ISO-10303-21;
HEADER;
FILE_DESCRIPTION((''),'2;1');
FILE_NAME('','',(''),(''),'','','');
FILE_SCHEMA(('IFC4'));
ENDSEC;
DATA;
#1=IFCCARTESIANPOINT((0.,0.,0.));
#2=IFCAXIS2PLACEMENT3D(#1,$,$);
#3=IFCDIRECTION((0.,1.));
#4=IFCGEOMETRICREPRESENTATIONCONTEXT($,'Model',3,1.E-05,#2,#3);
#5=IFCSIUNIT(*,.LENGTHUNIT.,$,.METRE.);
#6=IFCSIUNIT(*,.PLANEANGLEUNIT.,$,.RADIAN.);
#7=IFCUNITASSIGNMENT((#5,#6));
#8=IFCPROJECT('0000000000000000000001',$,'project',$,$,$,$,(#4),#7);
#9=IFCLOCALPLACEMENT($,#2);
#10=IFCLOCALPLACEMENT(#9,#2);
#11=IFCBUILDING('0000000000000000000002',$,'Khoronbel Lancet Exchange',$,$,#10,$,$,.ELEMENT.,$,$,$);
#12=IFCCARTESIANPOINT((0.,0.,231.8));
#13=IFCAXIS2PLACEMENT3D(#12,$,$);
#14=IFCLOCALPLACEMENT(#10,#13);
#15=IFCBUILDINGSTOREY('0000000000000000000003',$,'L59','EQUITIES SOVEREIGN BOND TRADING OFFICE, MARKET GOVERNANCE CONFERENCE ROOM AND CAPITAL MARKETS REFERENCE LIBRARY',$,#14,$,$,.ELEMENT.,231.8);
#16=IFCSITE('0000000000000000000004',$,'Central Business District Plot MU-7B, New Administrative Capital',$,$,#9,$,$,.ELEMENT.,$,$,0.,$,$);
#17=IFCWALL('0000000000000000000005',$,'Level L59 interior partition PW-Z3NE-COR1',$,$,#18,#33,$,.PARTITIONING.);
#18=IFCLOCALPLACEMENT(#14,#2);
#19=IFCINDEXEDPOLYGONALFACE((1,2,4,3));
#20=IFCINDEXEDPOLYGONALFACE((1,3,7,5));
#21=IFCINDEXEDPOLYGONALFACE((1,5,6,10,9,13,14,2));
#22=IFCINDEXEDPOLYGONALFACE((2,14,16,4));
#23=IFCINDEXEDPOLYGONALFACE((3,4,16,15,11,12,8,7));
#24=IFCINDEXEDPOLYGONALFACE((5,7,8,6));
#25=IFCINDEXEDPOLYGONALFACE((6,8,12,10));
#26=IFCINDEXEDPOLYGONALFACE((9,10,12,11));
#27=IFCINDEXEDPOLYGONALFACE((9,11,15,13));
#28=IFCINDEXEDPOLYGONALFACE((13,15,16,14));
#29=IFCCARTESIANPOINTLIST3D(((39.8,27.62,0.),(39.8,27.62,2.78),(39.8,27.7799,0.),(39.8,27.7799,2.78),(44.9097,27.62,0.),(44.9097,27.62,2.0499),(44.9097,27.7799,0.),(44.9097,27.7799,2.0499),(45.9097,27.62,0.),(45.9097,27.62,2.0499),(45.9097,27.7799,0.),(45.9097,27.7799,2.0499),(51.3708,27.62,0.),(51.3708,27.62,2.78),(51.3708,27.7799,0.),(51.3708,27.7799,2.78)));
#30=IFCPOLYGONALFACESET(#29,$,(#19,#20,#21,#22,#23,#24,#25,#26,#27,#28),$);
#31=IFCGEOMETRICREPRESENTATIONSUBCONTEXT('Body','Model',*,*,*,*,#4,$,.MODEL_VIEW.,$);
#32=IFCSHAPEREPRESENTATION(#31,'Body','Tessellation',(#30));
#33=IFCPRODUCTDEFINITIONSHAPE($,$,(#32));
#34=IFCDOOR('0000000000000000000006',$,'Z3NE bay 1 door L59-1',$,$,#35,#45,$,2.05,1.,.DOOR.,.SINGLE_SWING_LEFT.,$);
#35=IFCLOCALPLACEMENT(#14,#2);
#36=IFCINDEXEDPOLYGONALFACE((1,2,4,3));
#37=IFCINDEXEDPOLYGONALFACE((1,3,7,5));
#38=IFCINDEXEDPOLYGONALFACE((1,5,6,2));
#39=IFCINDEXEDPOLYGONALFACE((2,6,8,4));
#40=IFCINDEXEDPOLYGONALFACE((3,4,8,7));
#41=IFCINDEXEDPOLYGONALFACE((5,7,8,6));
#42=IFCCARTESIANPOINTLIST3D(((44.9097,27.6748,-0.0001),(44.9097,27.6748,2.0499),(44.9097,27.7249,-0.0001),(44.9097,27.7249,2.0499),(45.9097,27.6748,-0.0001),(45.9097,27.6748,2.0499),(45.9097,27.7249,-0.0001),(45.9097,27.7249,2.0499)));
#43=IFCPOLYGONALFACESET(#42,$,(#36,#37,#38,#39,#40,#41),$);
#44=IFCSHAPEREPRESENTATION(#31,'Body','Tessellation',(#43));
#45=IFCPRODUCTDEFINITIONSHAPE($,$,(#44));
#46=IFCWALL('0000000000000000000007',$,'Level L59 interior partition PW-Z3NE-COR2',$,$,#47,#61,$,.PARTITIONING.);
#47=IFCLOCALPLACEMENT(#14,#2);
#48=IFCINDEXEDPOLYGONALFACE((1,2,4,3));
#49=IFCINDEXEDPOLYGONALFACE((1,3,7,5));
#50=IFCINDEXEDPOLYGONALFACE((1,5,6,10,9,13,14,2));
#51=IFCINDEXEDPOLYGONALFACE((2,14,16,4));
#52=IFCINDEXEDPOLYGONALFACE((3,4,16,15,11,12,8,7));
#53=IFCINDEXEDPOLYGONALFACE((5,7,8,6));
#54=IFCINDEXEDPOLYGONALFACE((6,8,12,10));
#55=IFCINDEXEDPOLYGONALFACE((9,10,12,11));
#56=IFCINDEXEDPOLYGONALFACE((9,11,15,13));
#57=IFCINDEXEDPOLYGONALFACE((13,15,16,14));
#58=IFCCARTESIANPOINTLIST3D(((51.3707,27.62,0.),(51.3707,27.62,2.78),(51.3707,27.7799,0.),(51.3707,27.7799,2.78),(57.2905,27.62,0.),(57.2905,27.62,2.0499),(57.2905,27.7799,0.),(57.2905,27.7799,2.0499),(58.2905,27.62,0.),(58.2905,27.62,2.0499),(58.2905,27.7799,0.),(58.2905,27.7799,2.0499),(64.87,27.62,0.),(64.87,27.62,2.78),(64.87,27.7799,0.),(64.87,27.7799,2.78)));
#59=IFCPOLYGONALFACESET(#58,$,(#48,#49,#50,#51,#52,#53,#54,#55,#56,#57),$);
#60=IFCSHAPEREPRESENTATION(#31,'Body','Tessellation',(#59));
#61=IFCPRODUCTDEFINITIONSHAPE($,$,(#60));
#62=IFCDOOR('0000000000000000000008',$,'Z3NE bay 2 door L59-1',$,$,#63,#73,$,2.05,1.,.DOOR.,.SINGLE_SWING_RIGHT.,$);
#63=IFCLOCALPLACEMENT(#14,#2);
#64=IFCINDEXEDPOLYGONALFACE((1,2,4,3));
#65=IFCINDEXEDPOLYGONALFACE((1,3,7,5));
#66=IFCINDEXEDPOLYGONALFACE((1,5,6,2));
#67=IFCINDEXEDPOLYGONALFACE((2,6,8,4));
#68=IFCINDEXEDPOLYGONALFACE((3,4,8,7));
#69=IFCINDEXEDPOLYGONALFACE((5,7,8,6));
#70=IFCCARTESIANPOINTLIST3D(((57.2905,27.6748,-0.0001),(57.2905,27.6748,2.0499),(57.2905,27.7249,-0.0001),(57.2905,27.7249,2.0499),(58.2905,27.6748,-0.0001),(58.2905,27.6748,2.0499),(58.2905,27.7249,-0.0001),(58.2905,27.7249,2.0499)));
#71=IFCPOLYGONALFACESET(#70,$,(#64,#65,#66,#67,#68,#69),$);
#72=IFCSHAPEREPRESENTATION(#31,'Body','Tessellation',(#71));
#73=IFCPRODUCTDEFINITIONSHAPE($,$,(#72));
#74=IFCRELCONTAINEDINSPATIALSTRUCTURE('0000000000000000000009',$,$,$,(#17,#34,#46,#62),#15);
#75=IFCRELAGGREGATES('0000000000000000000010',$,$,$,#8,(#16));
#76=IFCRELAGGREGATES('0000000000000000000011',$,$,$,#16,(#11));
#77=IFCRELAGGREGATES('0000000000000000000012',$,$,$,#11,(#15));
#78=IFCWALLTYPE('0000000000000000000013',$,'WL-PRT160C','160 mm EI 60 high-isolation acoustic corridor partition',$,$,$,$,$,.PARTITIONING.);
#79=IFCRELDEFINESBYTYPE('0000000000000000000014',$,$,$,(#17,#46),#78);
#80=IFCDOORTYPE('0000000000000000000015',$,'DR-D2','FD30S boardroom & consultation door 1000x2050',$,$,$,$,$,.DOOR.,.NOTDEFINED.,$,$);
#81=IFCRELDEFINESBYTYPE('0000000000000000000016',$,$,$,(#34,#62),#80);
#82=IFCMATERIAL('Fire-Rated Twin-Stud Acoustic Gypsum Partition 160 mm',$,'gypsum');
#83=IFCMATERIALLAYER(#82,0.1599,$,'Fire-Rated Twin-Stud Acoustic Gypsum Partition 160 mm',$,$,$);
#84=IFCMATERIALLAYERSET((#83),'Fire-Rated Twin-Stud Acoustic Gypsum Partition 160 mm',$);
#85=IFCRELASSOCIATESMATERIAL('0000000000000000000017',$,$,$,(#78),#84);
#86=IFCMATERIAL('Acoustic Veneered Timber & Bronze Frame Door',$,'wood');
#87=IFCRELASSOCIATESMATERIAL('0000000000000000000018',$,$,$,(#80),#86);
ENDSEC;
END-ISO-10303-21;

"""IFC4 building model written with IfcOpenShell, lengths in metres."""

from ifc_helpers import new_model, si_unit, direction, frame, frame_2d, origin, place, context, subcontext, project, spatial, rectangle, extrude, material, layer, layer_set, type_object, element, fill, save


model = new_model("IFC4")

# Units and contexts
model_context = context("Model", 3, precision=1e-05, world=origin(), true_north=direction((0.0, 1.0)))
body_context = subcontext(model_context, "Body", "Model", "MODEL_VIEW")
ifc_project = project(units=[si_unit("LENGTHUNIT", "METRE"), si_unit("PLANEANGLEUNIT", "RADIAN")], contexts=[model_context])

# Site, building, storey
site_placement = place(None, origin())
site = spatial("IfcSite", under=ifc_project, at=site_placement, Name="Central Business District Plot MU-7B, New Administrative Capital", CompositionType="ELEMENT", RefElevation=0.0)
building_placement = place(site_placement, origin())
building = spatial("IfcBuilding", under=site, at=building_placement, Name="Khoronbel Lancet Exchange", CompositionType="ELEMENT")
storey_placement = place(building_placement, frame((0.0, 0.0, 231.8)))
storey = spatial("IfcBuildingStorey", under=building, at=storey_placement, Name="L59", Description="EQUITIES SOVEREIGN BOND TRADING OFFICE, MARKET GOVERNANCE CONFERENCE ROOM AND CAPITAL MARKETS REFERENCE LIBRARY", CompositionType="ELEMENT", Elevation=231.8)

# Walls, openings, doors
ifc_material_1 = material(Name="Fire-Rated Twin-Stud Acoustic Gypsum Partition 160 mm", Category="gypsum")
ifc_layer_1 = layer(ifc_material_1, 0.1599, Name="Fire-Rated Twin-Stud Acoustic Gypsum Partition 160 mm")
ifc_layer_set_1 = layer_set([ifc_layer_1], Name="Fire-Rated Twin-Stud Acoustic Gypsum Partition 160 mm")
wall_type_1 = type_object("IfcWallType", Name="WL-PRT160C", Description="160 mm EI 60 high-isolation acoustic corridor partition", PredefinedType="PARTITIONING", material=ifc_layer_set_1)
ifc_material_2 = material(Name="Acoustic Veneered Timber & Bronze Frame Door", Category="wood")
door_type_1 = type_object("IfcDoorType", Name="DR-D2", Description="FD30S boardroom & consultation door 1000x2050", OperationType="NOTDEFINED", PredefinedType="DOOR", material=ifc_material_2)
wall_1_placement = place(storey_placement, frame((39.8, 27.7, 0.0), z_axis=(0.0, 0.0, 1.0), x_axis=(1.0, 0.0, 0.0)))
wall_1 = element("IfcWall", 1, at=wall_1_placement, inside=storey, type_object=wall_type_1, Name="Level L59 interior partition PW-Z3NE-COR1", PredefinedType="PARTITIONING", context=body_context, shape_type="SweptSolid", body=[
    extrude(rectangle(XDim=11.5708, YDim=0.1599, at=frame_2d((5.7854, 0.0))), origin(), (0.0, 0.0, 1.0), 2.78),
])
opening_1_placement = place(wall_1_placement, frame((5.1096, 0.0, 0.0)))
opening_1 = element("IfcOpeningElement", 2, at=opening_1_placement, cuts=wall_1, PredefinedType="OPENING", context=body_context, shape_type="SweptSolid", body=[
    extrude(rectangle(XDim=1.0, YDim=2.05, at=frame_2d((0.5, 1.0249))), frame((0.0, 0.0898, 0.0), z_axis=(0.0, -1.0, 0.0), x_axis=(1.0, 0.0, 0.0)), (0.0, 0.0, 1.0), 0.1799),
])
door_1_placement = place(opening_1_placement, origin())
door_1 = element("IfcDoor", 3, at=door_1_placement, inside=storey, type_object=door_type_1, Name="Z3NE bay 1 door L59-1", OperationType="SINGLE_SWING_LEFT", OverallHeight=2.05, OverallWidth=1.0, PredefinedType="DOOR", context=body_context, shape_type="SweptSolid", body=[
    extrude(rectangle(XDim=1.0, YDim=2.05, at=frame_2d((0.5, 1.0249))), frame((0.0, 0.0249, 0.0), z_axis=(0.0, -1.0, 0.0), x_axis=(1.0, 0.0, 0.0)), (0.0, 0.0, 1.0), 0.05),
])
fill(opening_1, door_1)
wall_2_placement = place(storey_placement, frame((51.3708, 27.7, 0.0), z_axis=(0.0, 0.0, 1.0), x_axis=(1.0, 0.0, 0.0)))
wall_2 = element("IfcWall", 4, at=wall_2_placement, inside=storey, type_object=wall_type_1, Name="Level L59 interior partition PW-Z3NE-COR2", PredefinedType="PARTITIONING", context=body_context, shape_type="SweptSolid", body=[
    extrude(rectangle(XDim=13.4993, YDim=0.1599, at=frame_2d((6.7495, 0.0))), origin(), (0.0, 0.0, 1.0), 2.78),
])
opening_2_placement = place(wall_2_placement, frame((5.9197, 0.0, 0.0)))
opening_2 = element("IfcOpeningElement", 5, at=opening_2_placement, cuts=wall_2, PredefinedType="OPENING", context=body_context, shape_type="SweptSolid", body=[
    extrude(rectangle(XDim=1.0, YDim=2.05, at=frame_2d((0.5, 1.0249))), frame((0.0, 0.0898, 0.0), z_axis=(0.0, -1.0, 0.0), x_axis=(1.0, 0.0, 0.0)), (0.0, 0.0, 1.0), 0.1799),
])
door_2_placement = place(opening_2_placement, origin())
door_2 = element("IfcDoor", 6, at=door_2_placement, inside=storey, type_object=door_type_1, Name="Z3NE bay 2 door L59-1", OperationType="SINGLE_SWING_RIGHT", OverallHeight=2.05, OverallWidth=1.0, PredefinedType="DOOR", context=body_context, shape_type="SweptSolid", body=[
    extrude(rectangle(XDim=1.0, YDim=2.05, at=frame_2d((0.5, 1.0249))), frame((0.0, 0.0249, 0.0), z_axis=(0.0, -1.0, 0.0), x_axis=(1.0, 0.0, 0.0)), (0.0, 0.0, 1.0), 0.05),
])
fill(opening_2, door_2)

save(model, "model.ifc")
